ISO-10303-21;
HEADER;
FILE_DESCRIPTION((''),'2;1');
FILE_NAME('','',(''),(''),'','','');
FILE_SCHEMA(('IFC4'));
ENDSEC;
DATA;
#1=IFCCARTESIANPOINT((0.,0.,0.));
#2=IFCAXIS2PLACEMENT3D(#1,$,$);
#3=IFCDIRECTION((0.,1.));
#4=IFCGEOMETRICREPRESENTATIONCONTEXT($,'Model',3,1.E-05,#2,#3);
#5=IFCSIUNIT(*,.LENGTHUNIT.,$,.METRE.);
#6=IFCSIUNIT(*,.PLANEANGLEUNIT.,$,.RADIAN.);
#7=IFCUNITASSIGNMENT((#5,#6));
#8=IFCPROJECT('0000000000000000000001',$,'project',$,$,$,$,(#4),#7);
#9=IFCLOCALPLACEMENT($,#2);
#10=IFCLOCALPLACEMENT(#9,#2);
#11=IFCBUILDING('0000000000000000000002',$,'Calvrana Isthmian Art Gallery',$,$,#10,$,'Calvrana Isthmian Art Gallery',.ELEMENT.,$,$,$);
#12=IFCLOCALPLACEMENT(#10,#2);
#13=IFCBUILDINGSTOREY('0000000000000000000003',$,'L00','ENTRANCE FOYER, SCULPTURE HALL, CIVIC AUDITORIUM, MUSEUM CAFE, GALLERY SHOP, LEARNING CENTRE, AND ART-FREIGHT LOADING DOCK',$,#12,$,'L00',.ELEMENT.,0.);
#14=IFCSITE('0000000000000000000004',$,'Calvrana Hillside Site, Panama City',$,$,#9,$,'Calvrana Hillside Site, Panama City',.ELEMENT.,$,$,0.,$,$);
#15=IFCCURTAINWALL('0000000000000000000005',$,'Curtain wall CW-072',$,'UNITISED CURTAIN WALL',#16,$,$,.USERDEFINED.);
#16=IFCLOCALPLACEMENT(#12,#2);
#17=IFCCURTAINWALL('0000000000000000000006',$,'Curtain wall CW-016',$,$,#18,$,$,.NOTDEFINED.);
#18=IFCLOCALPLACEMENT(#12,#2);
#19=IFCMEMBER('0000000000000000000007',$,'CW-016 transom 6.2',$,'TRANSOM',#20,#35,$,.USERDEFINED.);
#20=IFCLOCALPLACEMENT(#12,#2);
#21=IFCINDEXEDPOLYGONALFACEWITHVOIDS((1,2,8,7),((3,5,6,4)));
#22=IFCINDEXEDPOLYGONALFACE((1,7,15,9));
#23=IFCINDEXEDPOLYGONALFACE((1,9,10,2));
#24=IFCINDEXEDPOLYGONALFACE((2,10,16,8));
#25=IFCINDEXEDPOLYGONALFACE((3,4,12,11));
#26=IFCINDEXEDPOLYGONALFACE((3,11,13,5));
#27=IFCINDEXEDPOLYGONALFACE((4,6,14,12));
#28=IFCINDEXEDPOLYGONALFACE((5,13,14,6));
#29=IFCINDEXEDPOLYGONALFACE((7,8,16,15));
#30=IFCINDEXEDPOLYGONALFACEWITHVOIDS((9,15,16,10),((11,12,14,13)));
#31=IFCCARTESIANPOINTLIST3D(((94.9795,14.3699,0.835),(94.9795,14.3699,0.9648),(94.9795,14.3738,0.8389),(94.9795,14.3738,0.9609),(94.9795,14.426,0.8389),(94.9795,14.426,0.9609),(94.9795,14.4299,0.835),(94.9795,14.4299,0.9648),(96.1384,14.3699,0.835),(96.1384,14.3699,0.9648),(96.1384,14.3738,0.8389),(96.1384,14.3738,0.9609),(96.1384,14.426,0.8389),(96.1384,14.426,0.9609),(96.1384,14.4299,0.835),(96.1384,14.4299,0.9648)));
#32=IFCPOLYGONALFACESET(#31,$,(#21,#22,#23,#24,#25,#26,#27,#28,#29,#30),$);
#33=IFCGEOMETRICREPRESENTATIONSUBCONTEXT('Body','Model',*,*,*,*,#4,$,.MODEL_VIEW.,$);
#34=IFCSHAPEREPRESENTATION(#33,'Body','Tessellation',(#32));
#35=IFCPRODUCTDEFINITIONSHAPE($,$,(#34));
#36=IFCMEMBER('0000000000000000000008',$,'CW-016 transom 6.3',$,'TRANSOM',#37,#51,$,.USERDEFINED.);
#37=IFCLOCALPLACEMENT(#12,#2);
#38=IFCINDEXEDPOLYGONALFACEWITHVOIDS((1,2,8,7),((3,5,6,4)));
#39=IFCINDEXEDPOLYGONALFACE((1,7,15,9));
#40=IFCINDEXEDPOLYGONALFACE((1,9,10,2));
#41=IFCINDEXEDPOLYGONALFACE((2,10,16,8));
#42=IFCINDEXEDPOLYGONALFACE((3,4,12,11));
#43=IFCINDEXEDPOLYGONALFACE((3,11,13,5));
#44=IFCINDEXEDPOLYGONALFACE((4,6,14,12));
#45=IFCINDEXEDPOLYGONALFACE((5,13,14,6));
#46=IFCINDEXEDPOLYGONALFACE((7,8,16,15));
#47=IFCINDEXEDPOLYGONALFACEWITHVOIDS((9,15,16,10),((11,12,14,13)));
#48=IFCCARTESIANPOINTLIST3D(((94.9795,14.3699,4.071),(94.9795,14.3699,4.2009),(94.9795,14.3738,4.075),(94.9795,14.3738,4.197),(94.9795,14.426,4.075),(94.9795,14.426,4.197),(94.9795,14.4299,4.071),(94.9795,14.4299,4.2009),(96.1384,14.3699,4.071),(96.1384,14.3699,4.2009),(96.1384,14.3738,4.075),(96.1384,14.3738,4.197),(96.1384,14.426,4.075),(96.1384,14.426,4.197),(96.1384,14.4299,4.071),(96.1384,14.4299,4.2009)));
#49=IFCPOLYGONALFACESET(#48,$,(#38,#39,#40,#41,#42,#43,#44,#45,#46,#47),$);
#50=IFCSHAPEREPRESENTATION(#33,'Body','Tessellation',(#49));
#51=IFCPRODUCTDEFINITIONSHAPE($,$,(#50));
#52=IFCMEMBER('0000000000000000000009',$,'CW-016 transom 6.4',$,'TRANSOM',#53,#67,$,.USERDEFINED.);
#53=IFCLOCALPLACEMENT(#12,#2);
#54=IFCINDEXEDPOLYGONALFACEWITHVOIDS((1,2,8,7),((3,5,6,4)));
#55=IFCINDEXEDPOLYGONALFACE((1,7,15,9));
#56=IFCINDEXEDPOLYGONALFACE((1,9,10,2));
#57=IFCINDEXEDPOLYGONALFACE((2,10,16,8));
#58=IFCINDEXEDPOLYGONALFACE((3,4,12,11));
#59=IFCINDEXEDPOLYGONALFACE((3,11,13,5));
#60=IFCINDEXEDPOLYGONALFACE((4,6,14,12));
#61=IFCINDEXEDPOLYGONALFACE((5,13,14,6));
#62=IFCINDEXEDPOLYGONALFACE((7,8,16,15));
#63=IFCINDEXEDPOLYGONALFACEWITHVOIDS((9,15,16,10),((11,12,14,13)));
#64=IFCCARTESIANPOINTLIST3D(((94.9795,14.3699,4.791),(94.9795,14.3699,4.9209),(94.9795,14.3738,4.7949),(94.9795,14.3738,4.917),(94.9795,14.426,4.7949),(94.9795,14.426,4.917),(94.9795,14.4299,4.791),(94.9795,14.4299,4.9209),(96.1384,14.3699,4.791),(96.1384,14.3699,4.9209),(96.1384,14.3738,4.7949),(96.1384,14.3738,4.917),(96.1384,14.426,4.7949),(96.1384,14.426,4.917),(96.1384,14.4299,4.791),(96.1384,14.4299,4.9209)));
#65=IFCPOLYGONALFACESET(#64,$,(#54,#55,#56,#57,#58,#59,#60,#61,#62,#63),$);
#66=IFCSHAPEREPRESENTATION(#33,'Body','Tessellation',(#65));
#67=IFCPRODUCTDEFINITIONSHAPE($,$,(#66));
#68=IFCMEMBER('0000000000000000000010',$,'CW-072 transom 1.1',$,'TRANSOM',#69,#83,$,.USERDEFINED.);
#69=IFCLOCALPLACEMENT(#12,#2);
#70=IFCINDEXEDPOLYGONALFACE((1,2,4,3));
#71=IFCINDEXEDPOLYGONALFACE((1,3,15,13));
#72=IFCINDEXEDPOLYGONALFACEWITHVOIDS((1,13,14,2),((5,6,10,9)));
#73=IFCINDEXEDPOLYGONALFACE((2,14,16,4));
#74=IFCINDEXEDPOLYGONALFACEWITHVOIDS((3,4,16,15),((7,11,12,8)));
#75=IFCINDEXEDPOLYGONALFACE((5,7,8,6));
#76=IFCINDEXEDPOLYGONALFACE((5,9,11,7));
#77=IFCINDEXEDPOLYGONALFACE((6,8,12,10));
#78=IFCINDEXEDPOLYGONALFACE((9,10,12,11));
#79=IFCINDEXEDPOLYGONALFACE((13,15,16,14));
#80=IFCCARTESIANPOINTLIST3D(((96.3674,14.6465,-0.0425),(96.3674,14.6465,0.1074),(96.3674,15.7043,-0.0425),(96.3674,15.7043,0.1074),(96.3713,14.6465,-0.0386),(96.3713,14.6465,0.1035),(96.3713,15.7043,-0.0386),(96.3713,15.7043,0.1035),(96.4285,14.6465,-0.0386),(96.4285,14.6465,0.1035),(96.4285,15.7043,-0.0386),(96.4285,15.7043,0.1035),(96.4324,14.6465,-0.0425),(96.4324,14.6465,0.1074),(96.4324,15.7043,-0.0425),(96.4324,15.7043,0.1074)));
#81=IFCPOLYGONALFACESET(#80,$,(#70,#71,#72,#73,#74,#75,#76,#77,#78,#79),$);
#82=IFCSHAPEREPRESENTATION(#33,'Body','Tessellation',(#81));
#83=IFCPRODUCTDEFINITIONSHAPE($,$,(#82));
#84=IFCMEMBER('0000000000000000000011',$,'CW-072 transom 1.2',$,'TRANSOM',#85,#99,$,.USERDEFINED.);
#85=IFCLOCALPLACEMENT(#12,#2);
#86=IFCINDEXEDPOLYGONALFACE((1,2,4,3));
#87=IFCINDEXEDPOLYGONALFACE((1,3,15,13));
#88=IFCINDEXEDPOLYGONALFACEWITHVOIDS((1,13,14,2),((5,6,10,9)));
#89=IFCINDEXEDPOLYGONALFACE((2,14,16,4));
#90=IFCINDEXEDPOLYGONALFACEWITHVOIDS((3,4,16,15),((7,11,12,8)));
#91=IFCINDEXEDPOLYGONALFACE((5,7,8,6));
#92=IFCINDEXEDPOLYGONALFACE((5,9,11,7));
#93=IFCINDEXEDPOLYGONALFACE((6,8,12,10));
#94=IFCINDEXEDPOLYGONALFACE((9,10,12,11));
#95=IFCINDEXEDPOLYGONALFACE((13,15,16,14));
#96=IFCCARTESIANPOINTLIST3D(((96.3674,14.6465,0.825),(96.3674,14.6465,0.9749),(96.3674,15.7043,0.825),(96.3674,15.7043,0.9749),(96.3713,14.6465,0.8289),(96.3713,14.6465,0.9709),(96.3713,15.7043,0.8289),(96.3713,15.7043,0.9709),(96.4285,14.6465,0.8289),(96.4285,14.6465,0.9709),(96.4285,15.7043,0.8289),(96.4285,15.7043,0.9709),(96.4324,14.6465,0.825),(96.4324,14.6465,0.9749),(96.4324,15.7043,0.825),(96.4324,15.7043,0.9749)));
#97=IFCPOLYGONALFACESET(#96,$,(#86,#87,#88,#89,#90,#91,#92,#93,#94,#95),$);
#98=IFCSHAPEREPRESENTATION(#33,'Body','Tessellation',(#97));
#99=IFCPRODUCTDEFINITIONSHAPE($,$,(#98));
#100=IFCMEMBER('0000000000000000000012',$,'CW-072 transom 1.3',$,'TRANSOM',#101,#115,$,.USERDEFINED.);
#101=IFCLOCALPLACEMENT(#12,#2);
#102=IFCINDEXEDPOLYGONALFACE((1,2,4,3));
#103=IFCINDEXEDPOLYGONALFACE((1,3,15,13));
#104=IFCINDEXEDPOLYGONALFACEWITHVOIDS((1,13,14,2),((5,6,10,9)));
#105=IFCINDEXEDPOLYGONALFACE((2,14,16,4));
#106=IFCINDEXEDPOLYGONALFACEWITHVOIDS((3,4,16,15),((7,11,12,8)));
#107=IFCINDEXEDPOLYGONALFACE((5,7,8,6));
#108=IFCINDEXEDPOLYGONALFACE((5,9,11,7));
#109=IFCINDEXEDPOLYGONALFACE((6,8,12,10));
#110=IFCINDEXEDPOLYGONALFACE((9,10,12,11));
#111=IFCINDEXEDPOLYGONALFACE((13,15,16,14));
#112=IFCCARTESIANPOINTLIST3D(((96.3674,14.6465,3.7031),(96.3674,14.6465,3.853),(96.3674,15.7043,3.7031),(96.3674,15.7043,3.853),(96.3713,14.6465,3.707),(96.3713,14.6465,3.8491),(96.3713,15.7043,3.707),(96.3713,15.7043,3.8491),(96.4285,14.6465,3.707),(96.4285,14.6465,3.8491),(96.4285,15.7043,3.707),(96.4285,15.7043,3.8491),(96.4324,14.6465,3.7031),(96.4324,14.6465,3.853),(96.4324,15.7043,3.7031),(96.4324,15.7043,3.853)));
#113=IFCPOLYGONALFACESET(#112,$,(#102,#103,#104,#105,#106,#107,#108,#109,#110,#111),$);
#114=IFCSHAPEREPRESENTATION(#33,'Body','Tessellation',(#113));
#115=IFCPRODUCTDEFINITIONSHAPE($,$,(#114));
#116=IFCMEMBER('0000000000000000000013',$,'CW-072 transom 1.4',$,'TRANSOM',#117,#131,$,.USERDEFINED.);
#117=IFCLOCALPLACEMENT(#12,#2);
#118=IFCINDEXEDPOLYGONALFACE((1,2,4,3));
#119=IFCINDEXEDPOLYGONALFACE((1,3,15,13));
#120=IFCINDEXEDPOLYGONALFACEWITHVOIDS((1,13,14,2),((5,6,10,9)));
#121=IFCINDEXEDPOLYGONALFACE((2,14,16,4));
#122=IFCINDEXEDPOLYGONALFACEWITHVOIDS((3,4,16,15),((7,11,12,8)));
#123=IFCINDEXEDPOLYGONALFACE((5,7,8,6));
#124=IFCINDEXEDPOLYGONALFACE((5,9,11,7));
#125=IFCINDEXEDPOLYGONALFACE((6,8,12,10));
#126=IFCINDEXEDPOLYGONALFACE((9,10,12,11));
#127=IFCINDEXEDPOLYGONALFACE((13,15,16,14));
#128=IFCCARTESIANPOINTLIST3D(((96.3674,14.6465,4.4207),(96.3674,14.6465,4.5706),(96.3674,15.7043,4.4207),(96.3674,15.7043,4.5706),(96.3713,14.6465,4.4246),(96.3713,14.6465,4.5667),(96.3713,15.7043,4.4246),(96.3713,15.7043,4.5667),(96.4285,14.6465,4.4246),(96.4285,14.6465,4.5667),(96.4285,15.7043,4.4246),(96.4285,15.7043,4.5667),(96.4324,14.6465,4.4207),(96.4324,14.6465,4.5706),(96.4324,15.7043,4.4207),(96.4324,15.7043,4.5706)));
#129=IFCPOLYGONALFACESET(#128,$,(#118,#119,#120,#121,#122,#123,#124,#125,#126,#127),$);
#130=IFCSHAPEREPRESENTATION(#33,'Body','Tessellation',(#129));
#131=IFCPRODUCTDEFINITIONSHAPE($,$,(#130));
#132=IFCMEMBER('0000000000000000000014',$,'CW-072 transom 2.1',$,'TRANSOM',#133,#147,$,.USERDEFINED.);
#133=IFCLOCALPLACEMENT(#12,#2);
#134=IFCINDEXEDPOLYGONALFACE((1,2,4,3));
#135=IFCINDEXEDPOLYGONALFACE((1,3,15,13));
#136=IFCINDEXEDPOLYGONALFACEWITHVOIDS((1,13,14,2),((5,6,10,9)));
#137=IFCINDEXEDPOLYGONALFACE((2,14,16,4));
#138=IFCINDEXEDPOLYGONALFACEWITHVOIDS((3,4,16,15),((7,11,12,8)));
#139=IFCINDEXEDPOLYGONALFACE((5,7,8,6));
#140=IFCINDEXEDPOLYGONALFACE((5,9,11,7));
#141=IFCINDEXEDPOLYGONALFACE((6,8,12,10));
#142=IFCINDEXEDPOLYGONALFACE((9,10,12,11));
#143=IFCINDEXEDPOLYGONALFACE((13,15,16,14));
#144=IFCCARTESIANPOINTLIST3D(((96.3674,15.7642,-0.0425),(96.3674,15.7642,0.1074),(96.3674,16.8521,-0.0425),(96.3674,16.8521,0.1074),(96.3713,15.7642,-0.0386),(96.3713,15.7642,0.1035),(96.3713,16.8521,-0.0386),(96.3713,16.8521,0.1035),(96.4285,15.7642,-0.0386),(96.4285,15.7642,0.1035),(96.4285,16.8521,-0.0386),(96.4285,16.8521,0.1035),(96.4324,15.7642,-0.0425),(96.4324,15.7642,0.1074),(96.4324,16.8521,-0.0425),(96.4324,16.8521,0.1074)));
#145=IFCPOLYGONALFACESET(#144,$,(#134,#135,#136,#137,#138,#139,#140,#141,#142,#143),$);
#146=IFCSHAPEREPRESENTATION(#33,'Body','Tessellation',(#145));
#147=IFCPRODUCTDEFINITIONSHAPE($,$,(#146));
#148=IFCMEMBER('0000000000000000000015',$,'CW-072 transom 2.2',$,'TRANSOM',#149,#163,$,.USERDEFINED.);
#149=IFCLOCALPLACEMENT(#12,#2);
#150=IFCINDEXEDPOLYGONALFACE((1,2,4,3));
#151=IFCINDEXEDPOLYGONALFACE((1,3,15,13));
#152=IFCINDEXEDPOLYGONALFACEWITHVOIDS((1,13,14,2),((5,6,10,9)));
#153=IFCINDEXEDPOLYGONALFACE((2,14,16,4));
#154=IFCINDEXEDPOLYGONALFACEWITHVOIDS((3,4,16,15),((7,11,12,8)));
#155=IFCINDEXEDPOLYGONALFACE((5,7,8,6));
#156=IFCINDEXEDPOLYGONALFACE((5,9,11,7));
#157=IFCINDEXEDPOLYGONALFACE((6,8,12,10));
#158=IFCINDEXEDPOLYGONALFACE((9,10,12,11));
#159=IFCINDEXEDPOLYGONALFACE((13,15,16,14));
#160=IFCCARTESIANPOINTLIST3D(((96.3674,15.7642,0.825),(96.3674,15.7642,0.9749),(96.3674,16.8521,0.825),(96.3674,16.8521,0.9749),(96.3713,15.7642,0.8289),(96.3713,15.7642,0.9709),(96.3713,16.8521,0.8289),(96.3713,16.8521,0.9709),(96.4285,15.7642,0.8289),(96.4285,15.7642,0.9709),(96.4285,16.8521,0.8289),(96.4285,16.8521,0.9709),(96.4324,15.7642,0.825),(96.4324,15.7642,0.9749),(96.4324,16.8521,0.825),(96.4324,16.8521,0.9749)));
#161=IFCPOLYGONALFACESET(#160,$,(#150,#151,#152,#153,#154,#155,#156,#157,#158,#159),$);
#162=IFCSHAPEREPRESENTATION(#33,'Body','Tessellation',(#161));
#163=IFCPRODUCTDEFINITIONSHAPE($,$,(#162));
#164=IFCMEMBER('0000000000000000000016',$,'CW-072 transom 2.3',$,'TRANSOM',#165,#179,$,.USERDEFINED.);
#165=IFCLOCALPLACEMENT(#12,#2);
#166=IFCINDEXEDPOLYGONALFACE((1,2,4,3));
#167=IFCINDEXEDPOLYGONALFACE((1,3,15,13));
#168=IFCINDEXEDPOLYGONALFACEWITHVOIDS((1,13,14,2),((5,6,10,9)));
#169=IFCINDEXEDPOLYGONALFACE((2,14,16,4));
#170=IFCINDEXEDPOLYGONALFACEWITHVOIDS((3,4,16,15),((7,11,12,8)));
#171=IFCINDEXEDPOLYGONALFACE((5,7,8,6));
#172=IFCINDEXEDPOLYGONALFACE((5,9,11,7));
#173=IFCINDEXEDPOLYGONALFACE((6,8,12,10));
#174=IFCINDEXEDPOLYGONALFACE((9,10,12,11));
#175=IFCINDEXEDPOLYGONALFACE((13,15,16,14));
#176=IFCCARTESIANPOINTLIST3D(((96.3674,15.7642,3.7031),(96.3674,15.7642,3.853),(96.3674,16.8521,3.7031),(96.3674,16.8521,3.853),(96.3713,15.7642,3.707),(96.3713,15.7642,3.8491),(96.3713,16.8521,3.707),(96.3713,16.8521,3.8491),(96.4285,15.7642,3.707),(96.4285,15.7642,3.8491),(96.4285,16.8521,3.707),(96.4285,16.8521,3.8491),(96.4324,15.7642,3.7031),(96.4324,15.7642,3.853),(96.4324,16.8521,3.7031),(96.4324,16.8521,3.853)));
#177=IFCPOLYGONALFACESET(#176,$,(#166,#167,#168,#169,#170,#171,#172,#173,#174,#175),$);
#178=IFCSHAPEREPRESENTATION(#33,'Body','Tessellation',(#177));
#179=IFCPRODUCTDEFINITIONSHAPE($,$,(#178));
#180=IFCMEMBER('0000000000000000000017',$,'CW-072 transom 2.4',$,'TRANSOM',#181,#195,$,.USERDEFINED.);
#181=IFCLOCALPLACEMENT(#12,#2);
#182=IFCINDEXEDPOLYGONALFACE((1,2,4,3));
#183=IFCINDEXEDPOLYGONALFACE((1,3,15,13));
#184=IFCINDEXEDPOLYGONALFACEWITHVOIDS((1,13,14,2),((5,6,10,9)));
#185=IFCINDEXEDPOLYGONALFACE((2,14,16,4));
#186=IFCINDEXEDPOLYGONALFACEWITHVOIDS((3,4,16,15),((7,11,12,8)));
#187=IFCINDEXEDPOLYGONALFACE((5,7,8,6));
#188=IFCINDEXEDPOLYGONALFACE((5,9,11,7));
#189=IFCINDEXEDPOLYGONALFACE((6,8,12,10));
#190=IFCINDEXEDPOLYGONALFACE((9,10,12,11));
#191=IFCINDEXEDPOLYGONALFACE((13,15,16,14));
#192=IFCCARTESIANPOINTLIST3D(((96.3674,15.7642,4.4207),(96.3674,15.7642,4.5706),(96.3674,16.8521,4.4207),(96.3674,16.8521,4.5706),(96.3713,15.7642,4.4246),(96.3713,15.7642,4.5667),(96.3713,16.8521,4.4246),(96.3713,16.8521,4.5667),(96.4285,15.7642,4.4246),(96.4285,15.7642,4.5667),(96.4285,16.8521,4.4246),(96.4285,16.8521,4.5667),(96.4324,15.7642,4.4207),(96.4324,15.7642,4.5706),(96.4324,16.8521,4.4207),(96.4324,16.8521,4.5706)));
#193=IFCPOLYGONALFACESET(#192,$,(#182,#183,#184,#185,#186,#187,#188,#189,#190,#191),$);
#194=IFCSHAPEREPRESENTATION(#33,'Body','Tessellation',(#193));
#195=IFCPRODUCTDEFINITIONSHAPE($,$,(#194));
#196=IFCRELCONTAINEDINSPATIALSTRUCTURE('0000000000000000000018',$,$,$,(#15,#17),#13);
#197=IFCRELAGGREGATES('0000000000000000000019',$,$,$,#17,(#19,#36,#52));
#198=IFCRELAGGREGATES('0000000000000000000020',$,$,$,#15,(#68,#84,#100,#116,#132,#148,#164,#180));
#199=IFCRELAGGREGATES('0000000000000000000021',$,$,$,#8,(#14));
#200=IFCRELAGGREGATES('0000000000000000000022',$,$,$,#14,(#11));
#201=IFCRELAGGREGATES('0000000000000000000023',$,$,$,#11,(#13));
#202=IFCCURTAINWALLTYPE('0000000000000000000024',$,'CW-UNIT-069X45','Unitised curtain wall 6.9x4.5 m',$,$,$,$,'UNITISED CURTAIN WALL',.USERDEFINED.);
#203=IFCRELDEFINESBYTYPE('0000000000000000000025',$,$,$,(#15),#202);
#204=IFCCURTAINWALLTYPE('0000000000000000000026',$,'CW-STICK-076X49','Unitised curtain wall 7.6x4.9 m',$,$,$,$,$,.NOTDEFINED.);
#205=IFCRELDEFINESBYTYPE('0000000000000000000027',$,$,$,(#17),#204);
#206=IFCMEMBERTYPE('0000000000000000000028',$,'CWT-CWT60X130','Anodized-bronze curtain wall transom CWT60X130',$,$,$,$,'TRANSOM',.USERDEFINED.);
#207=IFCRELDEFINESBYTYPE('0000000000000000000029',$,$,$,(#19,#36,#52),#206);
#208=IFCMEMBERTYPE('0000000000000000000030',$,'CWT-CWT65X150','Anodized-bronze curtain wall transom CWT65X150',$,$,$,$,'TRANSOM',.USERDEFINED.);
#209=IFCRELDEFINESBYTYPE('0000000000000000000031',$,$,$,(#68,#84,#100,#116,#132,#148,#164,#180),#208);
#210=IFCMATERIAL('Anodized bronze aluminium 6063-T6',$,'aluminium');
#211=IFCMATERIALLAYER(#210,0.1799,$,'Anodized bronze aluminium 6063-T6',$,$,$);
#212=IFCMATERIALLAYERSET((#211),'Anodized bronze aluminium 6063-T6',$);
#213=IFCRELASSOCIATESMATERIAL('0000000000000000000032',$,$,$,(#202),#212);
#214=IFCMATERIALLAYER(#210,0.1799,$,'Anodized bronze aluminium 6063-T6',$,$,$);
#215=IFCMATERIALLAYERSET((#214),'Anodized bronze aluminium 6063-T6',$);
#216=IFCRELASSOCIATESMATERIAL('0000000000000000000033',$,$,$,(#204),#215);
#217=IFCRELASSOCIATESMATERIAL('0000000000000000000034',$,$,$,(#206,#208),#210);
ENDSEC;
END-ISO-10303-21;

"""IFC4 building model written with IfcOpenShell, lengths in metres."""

from ifc_helpers import new_model, si_unit, direction, frame, origin, origin_2d, place, context, subcontext, project, spatial, hollow_rectangle, extrude, material, layer, layer_set, material_profile, profile_set, type_object, element, aggregate, save


model = new_model("IFC4")

# Units and contexts
model_context = context("Model", 3, precision=1e-05, world=origin(), true_north=direction((0.0, 1.0)))
body_context = subcontext(model_context, "Body", "Model", "MODEL_VIEW")
ifc_project = project(units=[si_unit("LENGTHUNIT", "METRE"), si_unit("PLANEANGLEUNIT", "RADIAN")], contexts=[model_context])

# Site, building, storey
site_placement = place(None, origin())
site = spatial("IfcSite", under=ifc_project, at=site_placement, Name="Calvrana Hillside Site, Panama City", LongName="Calvrana Hillside Site, Panama City", CompositionType="ELEMENT", RefElevation=0.0)
building_placement = place(site_placement, origin())
building = spatial("IfcBuilding", under=site, at=building_placement, Name="Calvrana Isthmian Art Gallery", LongName="Calvrana Isthmian Art Gallery", CompositionType="ELEMENT")
storey_placement = place(building_placement, origin())
storey = spatial("IfcBuildingStorey", under=building, at=storey_placement, Name="L00", Description="ENTRANCE FOYER, SCULPTURE HALL, CIVIC AUDITORIUM, MUSEUM CAFE, GALLERY SHOP, LEARNING CENTRE, AND ART-FREIGHT LOADING DOCK", LongName="L00", CompositionType="ELEMENT", Elevation=0.0)

# Curtain walls, members
ifc_material_1 = material(Name="Anodized bronze aluminium 6063-T6", Category="aluminium")
ifc_layer_1 = layer(ifc_material_1, 0.1799, Name="Anodized bronze aluminium 6063-T6")
ifc_layer_set_1 = layer_set([ifc_layer_1], Name="Anodized bronze aluminium 6063-T6")
curtain_wall_type_1 = type_object("IfcCurtainWallType", Name="CW-UNIT-069X45", Description="Unitised curtain wall 6.9x4.5 m", ElementType="UNITISED CURTAIN WALL", PredefinedType="USERDEFINED", material=ifc_layer_set_1)
curtain_wall_1_placement = place(storey_placement, origin())
curtain_wall_1 = element("IfcCurtainWall", 1, at=curtain_wall_1_placement, inside=storey, type_object=curtain_wall_type_1, Name="Curtain wall CW-072", ObjectType="UNITISED CURTAIN WALL", PredefinedType="USERDEFINED")
ifc_layer_2 = layer(ifc_material_1, 0.1799, Name="Anodized bronze aluminium 6063-T6")
ifc_layer_set_2 = layer_set([ifc_layer_2], Name="Anodized bronze aluminium 6063-T6")
curtain_wall_type_2 = type_object("IfcCurtainWallType", Name="CW-STICK-076X49", Description="Unitised curtain wall 7.6x4.9 m", PredefinedType="NOTDEFINED", material=ifc_layer_set_2)
curtain_wall_2_placement = place(storey_placement, origin())
curtain_wall_2 = element("IfcCurtainWall", 2, at=curtain_wall_2_placement, inside=storey, type_object=curtain_wall_type_2, Name="Curtain wall CW-016", PredefinedType="NOTDEFINED")
ifc_material_profile_1 = material_profile(ifc_material_1, hollow_rectangle(XDim=0.0601, YDim=0.1299, WallThickness=0.0039, at=origin_2d()), Name="CWT60X130")
ifc_profile_set_1 = profile_set([ifc_material_profile_1], Name="Anodized bronze aluminium 6063-T6")
member_type_1 = type_object("IfcMemberType", Name="CWT-CWT60X130", Description="Anodized-bronze curtain wall transom CWT60X130", ElementType="TRANSOM", PredefinedType="USERDEFINED", material=ifc_profile_set_1)
member_1_placement = place(storey_placement, frame((94.9795, 14.3999, 0.8999), z_axis=(1.0, 0.0, 0.0), x_axis=(0.0, 1.0, 0.0)))
member_1 = element("IfcMember", 3, at=member_1_placement, type_object=member_type_1, Name="CW-016 transom 6.2", ObjectType="TRANSOM", PredefinedType="USERDEFINED", context=body_context, shape_type="SweptSolid", body=[
    extrude(hollow_rectangle(XDim=0.0601, YDim=0.1299, WallThickness=0.0039, at=origin_2d()), origin(), (0.0, 0.0, 1.0), 1.1589),
])
member_2_placement = place(storey_placement, frame((94.9795, 14.3999, 4.136), z_axis=(1.0, 0.0, 0.0), x_axis=(0.0, 1.0, 0.0)))
member_2 = element("IfcMember", 4, at=member_2_placement, type_object=member_type_1, Name="CW-016 transom 6.3", ObjectType="TRANSOM", PredefinedType="USERDEFINED", context=body_context, shape_type="SweptSolid", body=[
    extrude(hollow_rectangle(XDim=0.0601, YDim=0.1299, WallThickness=0.0039, at=origin_2d()), origin(), (0.0, 0.0, 1.0), 1.1589),
])
member_3_placement = place(storey_placement, frame((94.9795, 14.3999, 4.856), z_axis=(1.0, 0.0, 0.0), x_axis=(0.0, 1.0, 0.0)))
member_3 = element("IfcMember", 5, at=member_3_placement, type_object=member_type_1, Name="CW-016 transom 6.4", ObjectType="TRANSOM", PredefinedType="USERDEFINED", context=body_context, shape_type="SweptSolid", body=[
    extrude(hollow_rectangle(XDim=0.0601, YDim=0.1299, WallThickness=0.0039, at=origin_2d()), origin(), (0.0, 0.0, 1.0), 1.1589),
])

# Members
ifc_material_profile_2 = material_profile(ifc_material_1, hollow_rectangle(XDim=0.0649, YDim=0.1499, WallThickness=0.0039, at=origin_2d()), Name="CWT65X150")
ifc_profile_set_2 = profile_set([ifc_material_profile_2], Name="Anodized bronze aluminium 6063-T6")
member_type_2 = type_object("IfcMemberType", Name="CWT-CWT65X150", Description="Anodized-bronze curtain wall transom CWT65X150", ElementType="TRANSOM", PredefinedType="USERDEFINED", material=ifc_profile_set_2)
member_4_placement = place(storey_placement, frame((96.3999, 14.6465, 0.0325), z_axis=(0.0, 1.0, 0.0), x_axis=(-1.0, 0.0, 0.0)))
member_4 = element("IfcMember", 6, at=member_4_placement, type_object=member_type_2, Name="CW-072 transom 1.1", ObjectType="TRANSOM", PredefinedType="USERDEFINED", context=body_context, shape_type="SweptSolid", body=[
    extrude(hollow_rectangle(XDim=0.0649, YDim=0.1499, WallThickness=0.0039, at=origin_2d()), origin(), (0.0, 0.0, 1.0), 1.0579),
])
member_5_placement = place(storey_placement, frame((96.3999, 14.6465, 0.8999), z_axis=(0.0, 1.0, 0.0), x_axis=(-1.0, 0.0, 0.0)))
member_5 = element("IfcMember", 7, at=member_5_placement, type_object=member_type_2, Name="CW-072 transom 1.2", ObjectType="TRANSOM", PredefinedType="USERDEFINED", context=body_context, shape_type="SweptSolid", body=[
    extrude(hollow_rectangle(XDim=0.0649, YDim=0.1499, WallThickness=0.0039, at=origin_2d()), origin(), (0.0, 0.0, 1.0), 1.0579),
])
member_6_placement = place(storey_placement, frame((96.3999, 14.6465, 3.7781), z_axis=(0.0, 1.0, 0.0), x_axis=(-1.0, 0.0, 0.0)))
member_6 = element("IfcMember", 8, at=member_6_placement, type_object=member_type_2, Name="CW-072 transom 1.3", ObjectType="TRANSOM", PredefinedType="USERDEFINED", context=body_context, shape_type="SweptSolid", body=[
    extrude(hollow_rectangle(XDim=0.0649, YDim=0.1499, WallThickness=0.0039, at=origin_2d()), origin(), (0.0, 0.0, 1.0), 1.0579),
])
member_7_placement = place(storey_placement, frame((96.3999, 14.6465, 4.4956), z_axis=(0.0, 1.0, 0.0), x_axis=(-1.0, 0.0, 0.0)))
member_7 = element("IfcMember", 9, at=member_7_placement, type_object=member_type_2, Name="CW-072 transom 1.4", ObjectType="TRANSOM", PredefinedType="USERDEFINED", context=body_context, shape_type="SweptSolid", body=[
    extrude(hollow_rectangle(XDim=0.0649, YDim=0.1499, WallThickness=0.0039, at=origin_2d()), origin(), (0.0, 0.0, 1.0), 1.0579),
])
member_8_placement = place(storey_placement, frame((96.3999, 15.7642, 0.0325), z_axis=(0.0, 1.0, 0.0), x_axis=(-1.0, 0.0, 0.0)))
member_8 = element("IfcMember", 10, at=member_8_placement, type_object=member_type_2, Name="CW-072 transom 2.1", ObjectType="TRANSOM", PredefinedType="USERDEFINED", context=body_context, shape_type="SweptSolid", body=[
    extrude(hollow_rectangle(XDim=0.0649, YDim=0.1499, WallThickness=0.0039, at=origin_2d()), origin(), (0.0, 0.0, 1.0), 1.0879),
])
member_9_placement = place(storey_placement, frame((96.3999, 15.7642, 0.8999), z_axis=(0.0, 1.0, 0.0), x_axis=(-1.0, 0.0, 0.0)))
member_9 = element("IfcMember", 11, at=member_9_placement, type_object=member_type_2, Name="CW-072 transom 2.2", ObjectType="TRANSOM", PredefinedType="USERDEFINED", context=body_context, shape_type="SweptSolid", body=[
    extrude(hollow_rectangle(XDim=0.0649, YDim=0.1499, WallThickness=0.0039, at=origin_2d()), origin(), (0.0, 0.0, 1.0), 1.0879),
])
member_10_placement = place(storey_placement, frame((96.3999, 15.7642, 3.7781), z_axis=(0.0, 1.0, 0.0), x_axis=(-1.0, 0.0, 0.0)))
member_10 = element("IfcMember", 12, at=member_10_placement, type_object=member_type_2, Name="CW-072 transom 2.3", ObjectType="TRANSOM", PredefinedType="USERDEFINED", context=body_context, shape_type="SweptSolid", body=[
    extrude(hollow_rectangle(XDim=0.0649, YDim=0.1499, WallThickness=0.0039, at=origin_2d()), origin(), (0.0, 0.0, 1.0), 1.0879),
])
member_11_placement = place(storey_placement, frame((96.3999, 15.7642, 4.4956), z_axis=(0.0, 1.0, 0.0), x_axis=(-1.0, 0.0, 0.0)))
member_11 = element("IfcMember", 13, at=member_11_placement, type_object=member_type_2, Name="CW-072 transom 2.4", ObjectType="TRANSOM", PredefinedType="USERDEFINED", context=body_context, shape_type="SweptSolid", body=[
    extrude(hollow_rectangle(XDim=0.0649, YDim=0.1499, WallThickness=0.0039, at=origin_2d()), origin(), (0.0, 0.0, 1.0), 1.0879),
])

aggregate(curtain_wall_2, [member_1, member_2, member_3])
aggregate(curtain_wall_1, [member_4, member_5, member_6, member_7, member_8, member_9, member_10, member_11])

save(model, "model.ifc")
